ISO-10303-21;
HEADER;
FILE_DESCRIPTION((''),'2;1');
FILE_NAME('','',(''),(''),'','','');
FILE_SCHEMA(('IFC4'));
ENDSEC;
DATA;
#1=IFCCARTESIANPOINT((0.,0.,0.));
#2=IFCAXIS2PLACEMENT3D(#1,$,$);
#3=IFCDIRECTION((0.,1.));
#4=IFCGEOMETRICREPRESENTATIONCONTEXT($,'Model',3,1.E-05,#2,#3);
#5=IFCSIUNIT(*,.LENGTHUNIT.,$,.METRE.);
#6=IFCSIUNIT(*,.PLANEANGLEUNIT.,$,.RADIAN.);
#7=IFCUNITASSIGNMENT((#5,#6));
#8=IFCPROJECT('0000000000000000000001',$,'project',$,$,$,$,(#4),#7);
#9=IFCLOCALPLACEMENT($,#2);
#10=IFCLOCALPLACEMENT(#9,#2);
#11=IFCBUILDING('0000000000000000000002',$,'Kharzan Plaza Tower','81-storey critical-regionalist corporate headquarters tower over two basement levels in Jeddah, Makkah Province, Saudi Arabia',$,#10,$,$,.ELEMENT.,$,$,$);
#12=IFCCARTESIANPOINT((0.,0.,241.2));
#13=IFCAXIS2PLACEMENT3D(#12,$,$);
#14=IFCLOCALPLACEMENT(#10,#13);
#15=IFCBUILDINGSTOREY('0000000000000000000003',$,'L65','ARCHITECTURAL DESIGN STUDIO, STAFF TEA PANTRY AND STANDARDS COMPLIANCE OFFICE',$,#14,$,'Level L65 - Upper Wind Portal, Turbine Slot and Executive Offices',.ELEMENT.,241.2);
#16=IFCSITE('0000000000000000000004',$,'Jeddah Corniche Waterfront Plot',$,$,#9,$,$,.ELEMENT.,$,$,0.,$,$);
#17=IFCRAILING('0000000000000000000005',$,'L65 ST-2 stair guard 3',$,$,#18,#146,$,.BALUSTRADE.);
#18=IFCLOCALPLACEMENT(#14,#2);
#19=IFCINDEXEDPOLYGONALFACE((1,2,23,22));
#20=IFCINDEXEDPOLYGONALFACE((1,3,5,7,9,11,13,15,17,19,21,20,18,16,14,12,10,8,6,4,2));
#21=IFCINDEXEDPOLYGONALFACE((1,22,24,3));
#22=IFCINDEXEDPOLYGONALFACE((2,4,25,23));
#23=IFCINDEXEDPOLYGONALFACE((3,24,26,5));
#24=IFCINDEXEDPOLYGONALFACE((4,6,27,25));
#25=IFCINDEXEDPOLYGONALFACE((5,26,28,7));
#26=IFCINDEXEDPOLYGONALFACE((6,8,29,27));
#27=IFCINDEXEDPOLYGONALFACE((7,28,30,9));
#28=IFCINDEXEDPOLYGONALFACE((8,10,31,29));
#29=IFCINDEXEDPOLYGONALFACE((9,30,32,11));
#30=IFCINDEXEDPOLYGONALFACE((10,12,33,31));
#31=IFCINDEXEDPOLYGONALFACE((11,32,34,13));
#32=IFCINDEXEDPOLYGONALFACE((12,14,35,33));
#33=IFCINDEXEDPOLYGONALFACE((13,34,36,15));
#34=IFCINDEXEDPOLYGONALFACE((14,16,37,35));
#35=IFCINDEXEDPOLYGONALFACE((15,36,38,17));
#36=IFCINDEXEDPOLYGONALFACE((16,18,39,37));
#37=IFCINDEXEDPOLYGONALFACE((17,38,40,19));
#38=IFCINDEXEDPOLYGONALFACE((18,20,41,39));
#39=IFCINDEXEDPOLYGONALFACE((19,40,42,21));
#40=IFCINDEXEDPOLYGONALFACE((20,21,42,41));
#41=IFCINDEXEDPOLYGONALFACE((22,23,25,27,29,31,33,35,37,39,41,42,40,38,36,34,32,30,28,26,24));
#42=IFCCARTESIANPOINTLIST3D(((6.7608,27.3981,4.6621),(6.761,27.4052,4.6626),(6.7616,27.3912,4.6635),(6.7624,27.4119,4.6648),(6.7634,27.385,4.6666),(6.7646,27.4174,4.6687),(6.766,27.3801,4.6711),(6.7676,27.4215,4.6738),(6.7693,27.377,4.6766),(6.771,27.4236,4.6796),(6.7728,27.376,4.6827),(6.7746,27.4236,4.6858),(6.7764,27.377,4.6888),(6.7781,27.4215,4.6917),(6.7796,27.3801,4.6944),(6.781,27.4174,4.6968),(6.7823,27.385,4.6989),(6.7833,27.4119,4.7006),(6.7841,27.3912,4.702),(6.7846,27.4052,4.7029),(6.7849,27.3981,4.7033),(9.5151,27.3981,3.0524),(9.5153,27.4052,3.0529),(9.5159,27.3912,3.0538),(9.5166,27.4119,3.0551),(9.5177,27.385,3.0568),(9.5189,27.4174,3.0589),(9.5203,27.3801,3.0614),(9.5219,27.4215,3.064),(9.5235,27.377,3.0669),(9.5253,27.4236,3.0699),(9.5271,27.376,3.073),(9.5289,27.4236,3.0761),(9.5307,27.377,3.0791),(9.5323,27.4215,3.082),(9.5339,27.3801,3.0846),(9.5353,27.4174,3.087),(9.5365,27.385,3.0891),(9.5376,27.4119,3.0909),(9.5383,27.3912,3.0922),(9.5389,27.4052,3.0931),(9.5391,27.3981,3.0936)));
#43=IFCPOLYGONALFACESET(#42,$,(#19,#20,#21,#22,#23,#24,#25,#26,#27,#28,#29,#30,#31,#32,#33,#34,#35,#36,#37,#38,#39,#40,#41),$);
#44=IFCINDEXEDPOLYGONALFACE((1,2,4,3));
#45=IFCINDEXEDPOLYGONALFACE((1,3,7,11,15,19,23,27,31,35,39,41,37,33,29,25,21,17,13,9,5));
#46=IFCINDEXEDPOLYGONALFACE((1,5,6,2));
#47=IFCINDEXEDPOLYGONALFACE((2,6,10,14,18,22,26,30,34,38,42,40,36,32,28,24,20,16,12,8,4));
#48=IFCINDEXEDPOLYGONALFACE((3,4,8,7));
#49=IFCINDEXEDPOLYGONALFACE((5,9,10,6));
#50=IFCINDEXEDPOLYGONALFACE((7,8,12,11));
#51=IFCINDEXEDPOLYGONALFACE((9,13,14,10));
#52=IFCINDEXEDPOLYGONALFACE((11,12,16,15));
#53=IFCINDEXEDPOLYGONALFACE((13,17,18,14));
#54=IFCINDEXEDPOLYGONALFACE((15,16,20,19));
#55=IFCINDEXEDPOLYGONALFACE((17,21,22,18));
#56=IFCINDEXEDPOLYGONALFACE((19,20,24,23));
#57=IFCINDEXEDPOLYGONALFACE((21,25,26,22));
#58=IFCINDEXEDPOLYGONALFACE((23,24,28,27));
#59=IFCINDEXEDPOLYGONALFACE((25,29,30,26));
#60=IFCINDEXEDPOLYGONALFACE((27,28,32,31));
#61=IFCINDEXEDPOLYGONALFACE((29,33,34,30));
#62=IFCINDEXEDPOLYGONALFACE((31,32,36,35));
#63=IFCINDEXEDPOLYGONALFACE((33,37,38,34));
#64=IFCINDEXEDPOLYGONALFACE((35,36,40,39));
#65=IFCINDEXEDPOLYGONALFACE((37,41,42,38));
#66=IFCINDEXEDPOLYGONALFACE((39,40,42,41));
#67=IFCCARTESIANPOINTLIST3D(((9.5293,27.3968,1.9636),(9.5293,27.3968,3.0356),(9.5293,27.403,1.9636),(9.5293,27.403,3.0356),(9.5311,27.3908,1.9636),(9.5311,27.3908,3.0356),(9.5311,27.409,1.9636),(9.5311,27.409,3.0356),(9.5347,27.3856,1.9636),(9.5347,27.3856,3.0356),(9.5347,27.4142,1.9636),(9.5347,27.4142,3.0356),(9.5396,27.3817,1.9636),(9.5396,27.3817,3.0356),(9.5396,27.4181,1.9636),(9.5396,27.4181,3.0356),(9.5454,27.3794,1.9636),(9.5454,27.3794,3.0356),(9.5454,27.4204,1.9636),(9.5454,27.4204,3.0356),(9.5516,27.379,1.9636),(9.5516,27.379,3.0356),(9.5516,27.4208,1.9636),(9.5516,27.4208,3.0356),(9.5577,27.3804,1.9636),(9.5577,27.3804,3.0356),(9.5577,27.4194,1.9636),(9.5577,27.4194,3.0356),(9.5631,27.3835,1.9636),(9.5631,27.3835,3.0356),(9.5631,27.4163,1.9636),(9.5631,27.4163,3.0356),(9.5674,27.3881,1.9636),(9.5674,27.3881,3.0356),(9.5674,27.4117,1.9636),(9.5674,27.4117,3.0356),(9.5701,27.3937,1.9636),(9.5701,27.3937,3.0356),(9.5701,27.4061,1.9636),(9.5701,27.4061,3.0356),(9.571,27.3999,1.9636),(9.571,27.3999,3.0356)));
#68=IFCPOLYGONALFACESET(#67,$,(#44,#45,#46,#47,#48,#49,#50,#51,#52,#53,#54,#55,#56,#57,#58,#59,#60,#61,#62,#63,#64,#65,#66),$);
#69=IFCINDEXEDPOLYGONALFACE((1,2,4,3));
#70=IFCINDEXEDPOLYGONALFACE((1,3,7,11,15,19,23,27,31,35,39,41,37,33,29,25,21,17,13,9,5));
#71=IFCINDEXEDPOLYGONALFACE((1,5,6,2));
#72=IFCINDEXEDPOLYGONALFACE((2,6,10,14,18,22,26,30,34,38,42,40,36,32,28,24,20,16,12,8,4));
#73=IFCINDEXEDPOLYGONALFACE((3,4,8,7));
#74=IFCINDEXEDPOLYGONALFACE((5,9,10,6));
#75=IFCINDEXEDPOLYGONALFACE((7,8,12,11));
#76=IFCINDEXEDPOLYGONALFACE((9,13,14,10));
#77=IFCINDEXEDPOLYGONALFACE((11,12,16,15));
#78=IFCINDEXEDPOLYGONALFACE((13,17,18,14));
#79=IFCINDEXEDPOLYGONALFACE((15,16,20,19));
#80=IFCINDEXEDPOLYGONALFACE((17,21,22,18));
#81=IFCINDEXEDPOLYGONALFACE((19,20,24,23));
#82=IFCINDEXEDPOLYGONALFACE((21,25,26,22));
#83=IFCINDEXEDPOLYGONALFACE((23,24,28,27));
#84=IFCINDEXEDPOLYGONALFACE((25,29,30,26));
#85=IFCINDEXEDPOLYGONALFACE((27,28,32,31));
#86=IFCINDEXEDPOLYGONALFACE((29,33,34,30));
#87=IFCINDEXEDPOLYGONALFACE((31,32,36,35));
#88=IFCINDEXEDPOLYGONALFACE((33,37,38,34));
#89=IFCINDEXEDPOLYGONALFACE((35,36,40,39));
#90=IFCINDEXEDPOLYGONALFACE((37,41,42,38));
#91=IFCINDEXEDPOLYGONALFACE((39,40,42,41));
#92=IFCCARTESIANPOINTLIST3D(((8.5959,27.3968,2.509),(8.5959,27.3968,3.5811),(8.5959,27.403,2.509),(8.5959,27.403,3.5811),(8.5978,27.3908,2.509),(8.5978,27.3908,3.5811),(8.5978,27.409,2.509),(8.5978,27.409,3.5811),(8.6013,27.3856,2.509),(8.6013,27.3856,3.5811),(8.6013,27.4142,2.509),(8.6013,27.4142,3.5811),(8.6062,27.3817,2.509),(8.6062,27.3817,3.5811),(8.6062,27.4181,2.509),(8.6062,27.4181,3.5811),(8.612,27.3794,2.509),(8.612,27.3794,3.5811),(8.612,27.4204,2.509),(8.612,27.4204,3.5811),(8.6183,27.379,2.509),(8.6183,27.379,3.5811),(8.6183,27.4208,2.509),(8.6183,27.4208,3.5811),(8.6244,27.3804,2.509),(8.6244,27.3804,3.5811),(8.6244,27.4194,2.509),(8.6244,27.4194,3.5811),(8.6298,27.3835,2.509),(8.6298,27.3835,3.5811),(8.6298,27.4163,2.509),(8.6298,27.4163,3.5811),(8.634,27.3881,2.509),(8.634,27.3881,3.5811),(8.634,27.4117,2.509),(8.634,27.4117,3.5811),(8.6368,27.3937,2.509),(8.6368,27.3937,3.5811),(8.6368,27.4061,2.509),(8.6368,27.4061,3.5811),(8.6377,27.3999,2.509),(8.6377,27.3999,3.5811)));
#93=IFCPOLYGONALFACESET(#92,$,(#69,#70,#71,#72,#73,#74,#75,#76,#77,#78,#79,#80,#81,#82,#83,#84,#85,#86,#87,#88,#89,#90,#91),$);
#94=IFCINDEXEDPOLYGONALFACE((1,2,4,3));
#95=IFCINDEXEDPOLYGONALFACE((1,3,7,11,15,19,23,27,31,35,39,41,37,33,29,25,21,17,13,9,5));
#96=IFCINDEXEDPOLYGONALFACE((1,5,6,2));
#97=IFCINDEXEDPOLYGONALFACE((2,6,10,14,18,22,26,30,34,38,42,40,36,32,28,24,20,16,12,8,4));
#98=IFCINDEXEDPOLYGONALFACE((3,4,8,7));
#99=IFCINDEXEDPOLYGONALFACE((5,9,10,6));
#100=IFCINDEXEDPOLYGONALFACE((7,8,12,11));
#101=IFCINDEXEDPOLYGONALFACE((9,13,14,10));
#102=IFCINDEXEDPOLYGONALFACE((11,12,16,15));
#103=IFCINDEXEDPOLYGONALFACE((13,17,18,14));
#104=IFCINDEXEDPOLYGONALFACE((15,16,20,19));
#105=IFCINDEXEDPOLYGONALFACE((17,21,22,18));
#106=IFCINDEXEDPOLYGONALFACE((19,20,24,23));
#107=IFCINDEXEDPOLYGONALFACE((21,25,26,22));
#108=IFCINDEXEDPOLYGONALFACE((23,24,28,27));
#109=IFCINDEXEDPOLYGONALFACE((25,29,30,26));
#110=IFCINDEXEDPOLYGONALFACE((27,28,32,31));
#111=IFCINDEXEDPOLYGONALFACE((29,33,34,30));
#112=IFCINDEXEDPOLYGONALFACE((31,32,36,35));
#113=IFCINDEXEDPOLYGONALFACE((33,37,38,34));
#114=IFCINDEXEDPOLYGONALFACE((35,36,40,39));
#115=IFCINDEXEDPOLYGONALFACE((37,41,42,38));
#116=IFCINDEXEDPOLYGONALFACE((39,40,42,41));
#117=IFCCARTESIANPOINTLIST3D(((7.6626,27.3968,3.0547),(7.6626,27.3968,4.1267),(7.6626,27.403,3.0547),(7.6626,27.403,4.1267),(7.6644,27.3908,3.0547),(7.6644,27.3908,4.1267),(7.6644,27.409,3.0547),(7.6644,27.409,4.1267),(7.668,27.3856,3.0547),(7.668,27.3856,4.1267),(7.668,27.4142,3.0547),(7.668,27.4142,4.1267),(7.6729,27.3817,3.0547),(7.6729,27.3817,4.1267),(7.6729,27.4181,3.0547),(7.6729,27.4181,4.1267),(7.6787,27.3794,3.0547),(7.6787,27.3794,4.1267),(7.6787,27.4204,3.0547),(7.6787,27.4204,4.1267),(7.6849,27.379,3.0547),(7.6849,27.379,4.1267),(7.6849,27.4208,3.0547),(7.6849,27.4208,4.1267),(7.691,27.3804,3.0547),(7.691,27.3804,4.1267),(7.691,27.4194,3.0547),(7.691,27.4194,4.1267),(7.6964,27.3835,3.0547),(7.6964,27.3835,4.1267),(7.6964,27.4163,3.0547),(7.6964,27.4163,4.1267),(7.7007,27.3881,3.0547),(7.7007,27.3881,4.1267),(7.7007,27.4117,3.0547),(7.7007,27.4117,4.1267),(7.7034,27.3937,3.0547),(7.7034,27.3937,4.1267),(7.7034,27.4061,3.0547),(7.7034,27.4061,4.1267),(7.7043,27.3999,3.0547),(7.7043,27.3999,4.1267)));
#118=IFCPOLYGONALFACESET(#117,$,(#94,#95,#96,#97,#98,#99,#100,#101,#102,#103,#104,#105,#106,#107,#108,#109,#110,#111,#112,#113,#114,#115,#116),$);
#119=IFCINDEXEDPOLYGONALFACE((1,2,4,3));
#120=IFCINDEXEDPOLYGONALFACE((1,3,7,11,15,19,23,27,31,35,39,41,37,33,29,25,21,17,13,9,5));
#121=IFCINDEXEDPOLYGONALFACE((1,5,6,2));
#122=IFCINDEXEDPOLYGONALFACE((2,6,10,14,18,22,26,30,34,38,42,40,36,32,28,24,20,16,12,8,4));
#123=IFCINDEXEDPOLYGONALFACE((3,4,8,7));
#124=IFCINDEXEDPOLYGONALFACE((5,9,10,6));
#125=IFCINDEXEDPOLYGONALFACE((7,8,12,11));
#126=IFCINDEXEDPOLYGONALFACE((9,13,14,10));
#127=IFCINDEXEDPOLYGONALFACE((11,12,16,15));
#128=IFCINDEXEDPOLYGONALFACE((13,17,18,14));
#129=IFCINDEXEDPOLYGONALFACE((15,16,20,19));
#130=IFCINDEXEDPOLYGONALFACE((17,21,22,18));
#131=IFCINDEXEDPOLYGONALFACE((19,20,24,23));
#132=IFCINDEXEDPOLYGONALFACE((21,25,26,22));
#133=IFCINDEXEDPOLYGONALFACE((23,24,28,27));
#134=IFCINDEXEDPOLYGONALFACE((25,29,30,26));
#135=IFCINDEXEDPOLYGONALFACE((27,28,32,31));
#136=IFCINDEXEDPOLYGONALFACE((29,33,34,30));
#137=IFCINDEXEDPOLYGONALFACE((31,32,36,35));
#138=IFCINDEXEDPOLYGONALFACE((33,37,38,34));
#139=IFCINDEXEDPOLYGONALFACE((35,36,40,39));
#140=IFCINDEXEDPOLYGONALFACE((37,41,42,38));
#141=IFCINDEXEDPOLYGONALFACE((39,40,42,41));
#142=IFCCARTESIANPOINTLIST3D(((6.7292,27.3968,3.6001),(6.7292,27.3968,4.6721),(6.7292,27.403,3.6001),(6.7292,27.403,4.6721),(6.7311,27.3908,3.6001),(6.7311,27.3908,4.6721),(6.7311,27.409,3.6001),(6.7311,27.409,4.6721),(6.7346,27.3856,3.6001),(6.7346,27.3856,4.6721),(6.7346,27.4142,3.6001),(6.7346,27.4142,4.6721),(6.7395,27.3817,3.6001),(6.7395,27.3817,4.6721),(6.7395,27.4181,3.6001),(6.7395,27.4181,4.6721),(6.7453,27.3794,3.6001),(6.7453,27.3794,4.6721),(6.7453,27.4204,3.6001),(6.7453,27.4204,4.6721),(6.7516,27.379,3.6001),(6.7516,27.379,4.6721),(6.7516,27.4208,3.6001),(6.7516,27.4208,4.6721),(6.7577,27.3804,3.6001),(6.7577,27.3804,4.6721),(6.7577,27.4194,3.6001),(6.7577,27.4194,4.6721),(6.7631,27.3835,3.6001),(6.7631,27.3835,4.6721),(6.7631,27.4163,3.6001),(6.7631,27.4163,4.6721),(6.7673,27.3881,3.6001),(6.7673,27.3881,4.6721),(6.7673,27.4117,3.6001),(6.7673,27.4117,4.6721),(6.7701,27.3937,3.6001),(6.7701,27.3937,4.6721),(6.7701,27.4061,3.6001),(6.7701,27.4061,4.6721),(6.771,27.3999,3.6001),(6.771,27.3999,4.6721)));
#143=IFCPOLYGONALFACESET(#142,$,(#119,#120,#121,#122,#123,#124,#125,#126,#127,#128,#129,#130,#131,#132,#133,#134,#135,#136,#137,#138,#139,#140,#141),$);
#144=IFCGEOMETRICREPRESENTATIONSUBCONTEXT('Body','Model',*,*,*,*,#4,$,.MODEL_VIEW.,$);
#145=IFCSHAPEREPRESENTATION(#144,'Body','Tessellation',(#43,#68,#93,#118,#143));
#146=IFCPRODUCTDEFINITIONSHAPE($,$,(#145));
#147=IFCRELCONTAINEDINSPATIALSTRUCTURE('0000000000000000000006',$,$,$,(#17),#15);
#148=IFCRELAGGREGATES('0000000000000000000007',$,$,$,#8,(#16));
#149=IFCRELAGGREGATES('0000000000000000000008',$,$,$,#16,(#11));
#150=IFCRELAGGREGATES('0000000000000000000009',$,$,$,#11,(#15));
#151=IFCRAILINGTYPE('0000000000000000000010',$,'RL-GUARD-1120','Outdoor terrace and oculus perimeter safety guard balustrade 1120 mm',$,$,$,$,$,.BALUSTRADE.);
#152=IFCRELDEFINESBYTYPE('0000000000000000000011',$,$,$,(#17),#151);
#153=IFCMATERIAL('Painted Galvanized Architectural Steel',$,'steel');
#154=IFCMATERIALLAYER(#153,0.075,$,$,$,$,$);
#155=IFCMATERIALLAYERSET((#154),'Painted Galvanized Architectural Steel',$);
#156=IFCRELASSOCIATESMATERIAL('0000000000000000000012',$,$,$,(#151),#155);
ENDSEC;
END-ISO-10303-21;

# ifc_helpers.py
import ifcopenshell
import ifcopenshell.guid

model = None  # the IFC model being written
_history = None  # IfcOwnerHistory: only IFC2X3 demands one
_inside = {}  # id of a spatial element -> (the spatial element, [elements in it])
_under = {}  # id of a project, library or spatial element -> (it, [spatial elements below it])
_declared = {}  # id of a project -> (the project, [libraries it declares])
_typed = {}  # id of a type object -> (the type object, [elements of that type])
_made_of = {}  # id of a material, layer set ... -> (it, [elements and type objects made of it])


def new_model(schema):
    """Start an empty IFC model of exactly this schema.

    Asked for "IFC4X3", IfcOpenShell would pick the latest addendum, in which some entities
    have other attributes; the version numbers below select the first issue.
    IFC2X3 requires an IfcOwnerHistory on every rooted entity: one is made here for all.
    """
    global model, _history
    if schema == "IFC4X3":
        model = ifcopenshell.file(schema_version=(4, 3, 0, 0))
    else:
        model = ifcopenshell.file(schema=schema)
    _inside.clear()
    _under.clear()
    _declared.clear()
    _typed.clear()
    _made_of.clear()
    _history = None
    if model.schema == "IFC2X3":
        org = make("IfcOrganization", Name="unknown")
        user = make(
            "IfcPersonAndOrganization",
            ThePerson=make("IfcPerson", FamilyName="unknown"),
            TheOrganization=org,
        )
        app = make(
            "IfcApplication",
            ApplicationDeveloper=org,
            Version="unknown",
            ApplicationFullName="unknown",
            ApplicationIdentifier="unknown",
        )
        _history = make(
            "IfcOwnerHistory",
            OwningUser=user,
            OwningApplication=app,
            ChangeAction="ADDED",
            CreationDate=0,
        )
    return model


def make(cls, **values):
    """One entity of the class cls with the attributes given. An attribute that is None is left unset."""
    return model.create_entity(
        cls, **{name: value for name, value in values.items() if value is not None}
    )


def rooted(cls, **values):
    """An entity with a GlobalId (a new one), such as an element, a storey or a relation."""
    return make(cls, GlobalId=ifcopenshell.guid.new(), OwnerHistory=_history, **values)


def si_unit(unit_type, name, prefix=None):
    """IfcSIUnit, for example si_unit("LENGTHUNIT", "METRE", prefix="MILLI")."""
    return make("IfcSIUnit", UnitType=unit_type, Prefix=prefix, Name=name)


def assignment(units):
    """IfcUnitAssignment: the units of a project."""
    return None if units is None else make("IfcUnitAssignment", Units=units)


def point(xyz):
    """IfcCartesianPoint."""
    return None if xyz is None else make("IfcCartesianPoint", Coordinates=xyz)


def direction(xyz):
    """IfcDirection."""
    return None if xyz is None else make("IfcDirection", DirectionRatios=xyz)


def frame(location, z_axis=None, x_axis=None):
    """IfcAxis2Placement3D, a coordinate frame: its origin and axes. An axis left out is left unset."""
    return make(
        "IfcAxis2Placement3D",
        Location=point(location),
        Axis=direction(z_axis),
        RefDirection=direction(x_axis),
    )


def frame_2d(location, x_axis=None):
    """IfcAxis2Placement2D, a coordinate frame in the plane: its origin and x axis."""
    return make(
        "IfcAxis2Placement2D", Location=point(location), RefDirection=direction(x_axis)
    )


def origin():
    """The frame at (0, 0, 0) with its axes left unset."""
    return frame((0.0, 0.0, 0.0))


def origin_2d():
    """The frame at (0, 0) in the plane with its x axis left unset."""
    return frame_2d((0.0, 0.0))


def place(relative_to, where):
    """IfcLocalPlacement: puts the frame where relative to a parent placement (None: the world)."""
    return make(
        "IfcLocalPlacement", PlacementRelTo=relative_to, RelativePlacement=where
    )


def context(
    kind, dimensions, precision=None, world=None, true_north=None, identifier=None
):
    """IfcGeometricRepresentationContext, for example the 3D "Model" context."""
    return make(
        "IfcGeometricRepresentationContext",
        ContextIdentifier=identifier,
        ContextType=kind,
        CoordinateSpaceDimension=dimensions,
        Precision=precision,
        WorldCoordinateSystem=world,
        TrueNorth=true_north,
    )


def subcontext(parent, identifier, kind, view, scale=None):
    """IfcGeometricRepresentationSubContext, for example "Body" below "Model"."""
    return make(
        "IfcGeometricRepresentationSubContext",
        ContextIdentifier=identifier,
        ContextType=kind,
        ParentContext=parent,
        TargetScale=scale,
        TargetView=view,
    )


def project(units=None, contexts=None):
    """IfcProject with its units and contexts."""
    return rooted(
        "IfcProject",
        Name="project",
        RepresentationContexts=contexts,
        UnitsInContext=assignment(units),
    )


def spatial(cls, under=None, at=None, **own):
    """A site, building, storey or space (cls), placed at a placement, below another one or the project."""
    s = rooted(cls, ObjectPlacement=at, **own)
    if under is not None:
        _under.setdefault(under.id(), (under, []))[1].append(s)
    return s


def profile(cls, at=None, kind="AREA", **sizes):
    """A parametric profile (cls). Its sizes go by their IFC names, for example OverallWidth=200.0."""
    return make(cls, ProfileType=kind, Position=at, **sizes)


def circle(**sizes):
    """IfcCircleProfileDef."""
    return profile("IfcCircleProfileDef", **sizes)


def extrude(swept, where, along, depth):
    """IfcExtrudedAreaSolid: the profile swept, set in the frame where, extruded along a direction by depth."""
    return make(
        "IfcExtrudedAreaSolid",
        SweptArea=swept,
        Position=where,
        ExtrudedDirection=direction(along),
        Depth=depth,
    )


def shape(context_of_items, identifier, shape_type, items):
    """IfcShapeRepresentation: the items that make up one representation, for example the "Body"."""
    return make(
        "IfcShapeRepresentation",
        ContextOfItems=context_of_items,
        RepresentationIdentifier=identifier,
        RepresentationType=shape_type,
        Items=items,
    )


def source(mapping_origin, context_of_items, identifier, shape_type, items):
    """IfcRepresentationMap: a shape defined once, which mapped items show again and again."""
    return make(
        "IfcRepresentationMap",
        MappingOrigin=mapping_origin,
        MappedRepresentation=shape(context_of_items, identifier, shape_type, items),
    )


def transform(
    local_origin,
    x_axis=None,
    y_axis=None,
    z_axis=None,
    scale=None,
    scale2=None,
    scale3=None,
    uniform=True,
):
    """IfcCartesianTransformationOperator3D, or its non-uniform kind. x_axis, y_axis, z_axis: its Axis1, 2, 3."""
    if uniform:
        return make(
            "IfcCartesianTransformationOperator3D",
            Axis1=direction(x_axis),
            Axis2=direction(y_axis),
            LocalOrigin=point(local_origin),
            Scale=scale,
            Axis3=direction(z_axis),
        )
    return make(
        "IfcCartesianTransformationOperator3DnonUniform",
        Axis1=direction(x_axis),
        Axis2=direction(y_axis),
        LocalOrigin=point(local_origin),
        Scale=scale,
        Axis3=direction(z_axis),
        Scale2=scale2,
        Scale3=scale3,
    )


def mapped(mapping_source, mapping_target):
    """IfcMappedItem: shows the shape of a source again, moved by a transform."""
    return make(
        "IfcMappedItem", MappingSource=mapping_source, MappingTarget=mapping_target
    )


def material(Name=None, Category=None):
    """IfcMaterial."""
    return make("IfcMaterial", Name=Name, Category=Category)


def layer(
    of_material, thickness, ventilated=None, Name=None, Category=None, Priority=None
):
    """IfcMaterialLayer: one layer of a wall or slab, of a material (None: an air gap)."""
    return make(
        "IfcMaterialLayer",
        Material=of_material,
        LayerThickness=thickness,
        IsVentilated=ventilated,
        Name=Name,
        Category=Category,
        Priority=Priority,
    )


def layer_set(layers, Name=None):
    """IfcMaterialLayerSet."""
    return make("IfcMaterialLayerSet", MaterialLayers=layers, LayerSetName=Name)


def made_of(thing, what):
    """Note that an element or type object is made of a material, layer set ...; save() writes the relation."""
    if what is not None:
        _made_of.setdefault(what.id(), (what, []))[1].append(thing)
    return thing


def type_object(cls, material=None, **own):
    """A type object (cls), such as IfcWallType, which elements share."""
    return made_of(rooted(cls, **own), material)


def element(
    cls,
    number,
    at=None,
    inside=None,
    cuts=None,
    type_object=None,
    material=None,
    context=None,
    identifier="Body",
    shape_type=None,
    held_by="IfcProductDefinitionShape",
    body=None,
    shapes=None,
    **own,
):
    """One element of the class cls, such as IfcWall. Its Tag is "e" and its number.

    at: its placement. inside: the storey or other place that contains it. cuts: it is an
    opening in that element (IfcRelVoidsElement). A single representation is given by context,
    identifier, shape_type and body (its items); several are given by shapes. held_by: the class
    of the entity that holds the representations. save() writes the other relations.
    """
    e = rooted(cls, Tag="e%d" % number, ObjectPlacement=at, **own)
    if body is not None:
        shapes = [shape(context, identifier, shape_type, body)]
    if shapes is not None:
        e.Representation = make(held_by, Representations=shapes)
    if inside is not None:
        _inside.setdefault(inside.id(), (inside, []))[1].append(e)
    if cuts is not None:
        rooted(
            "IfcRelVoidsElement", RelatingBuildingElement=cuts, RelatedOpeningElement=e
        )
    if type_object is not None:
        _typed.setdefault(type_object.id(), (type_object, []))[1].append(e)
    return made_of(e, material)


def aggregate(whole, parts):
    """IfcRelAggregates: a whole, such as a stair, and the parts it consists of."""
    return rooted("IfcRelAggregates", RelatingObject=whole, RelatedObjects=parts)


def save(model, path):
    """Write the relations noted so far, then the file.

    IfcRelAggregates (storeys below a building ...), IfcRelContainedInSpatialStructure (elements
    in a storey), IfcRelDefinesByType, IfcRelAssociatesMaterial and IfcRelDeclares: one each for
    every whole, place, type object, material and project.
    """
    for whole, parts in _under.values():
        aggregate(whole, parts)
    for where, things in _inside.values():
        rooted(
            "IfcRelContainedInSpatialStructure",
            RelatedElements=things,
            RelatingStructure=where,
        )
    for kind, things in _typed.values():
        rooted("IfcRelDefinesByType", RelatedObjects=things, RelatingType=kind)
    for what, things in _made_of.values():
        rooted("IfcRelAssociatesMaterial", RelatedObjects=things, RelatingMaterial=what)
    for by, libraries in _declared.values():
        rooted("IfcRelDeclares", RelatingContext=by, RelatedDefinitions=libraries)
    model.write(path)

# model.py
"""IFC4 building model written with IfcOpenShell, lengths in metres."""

from ifc_helpers import new_model, si_unit, direction, frame, origin, origin_2d, place, context, subcontext, project, spatial, circle, extrude, source, transform, mapped, material, layer, layer_set, type_object, element, save


model = new_model("IFC4")

# Units and contexts
model_context = context("Model", 3, precision=1e-05, world=origin(), true_north=direction((0.0, 1.0)))
body_context = subcontext(model_context, "Body", "Model", "MODEL_VIEW")
ifc_project = project(units=[si_unit("LENGTHUNIT", "METRE"), si_unit("PLANEANGLEUNIT", "RADIAN")], contexts=[model_context])

# Site, building, storey
site_placement = place(None, origin())
site = spatial("IfcSite", under=ifc_project, at=site_placement, Name="Jeddah Corniche Waterfront Plot", CompositionType="ELEMENT", RefElevation=0.0)
building_placement = place(site_placement, origin())
building = spatial("IfcBuilding", under=site, at=building_placement, Name="Kharzan Plaza Tower", Description="81-storey critical-regionalist corporate headquarters tower over two basement levels in Jeddah, Makkah Province, Saudi Arabia", CompositionType="ELEMENT")
storey_placement = place(building_placement, frame((0.0, 0.0, 241.2)))
storey = spatial("IfcBuildingStorey", under=building, at=storey_placement, Name="L65", Description="ARCHITECTURAL DESIGN STUDIO, STAFF TEA PANTRY AND STANDARDS COMPLIANCE OFFICE", LongName="Level L65 - Upper Wind Portal, Turbine Slot and Executive Offices", CompositionType="ELEMENT", Elevation=241.2)

# Railing
ifc_material_1 = material(Name="Painted Galvanized Architectural Steel", Category="steel")
ifc_layer_1 = layer(ifc_material_1, 0.075)
ifc_layer_set_1 = layer_set([ifc_layer_1], Name="Painted Galvanized Architectural Steel")
railing_type = type_object("IfcRailingType", Name="RL-GUARD-1120", Description="Outdoor terrace and oculus perimeter safety guard balustrade 1120 mm", PredefinedType="BALUSTRADE", material=ifc_layer_set_1)
shared_shape_1 = source(origin(), body_context, "Body", "SweptSolid", [
    extrude(circle(Radius=0.0239, at=origin_2d()), frame((-0.0229, 0.0, 1.1094), z_axis=(-0.863361, 0.0, 0.504587), x_axis=(0.0, -1.0, 0.0)), (0.0, 0.0, 1.0), 3.1902),
    extrude(circle(Radius=0.021, at=origin_2d()), origin(), (0.0, 0.0, 1.0), 1.072),
    extrude(circle(Radius=0.021, at=origin_2d()), frame((-0.9333, 0.0, 0.5454)), (0.0, 0.0, 1.0), 1.072),
    extrude(circle(Radius=0.021, at=origin_2d()), frame((-1.8667, 0.0, 1.0911)), (0.0, 0.0, 1.0), 1.072),
    extrude(circle(Radius=0.021, at=origin_2d()), frame((-2.8, 0.0, 1.6365)), (0.0, 0.0, 1.0), 1.072),
])
railing_1_placement = place(storey_placement, frame((9.55, 27.3999, 1.9636)))
element("IfcRailing", 1, at=railing_1_placement, inside=storey, type_object=railing_type, Name="L65 ST-2 stair guard 3", PredefinedType="BALUSTRADE", context=body_context, shape_type="MappedRepresentation", body=[
    mapped(shared_shape_1, transform((0.0, 0.0, 0.0), x_axis=(1.0, 0.0, 0.0), y_axis=(0.0, 1.0, 0.0), z_axis=(0.0, 0.0, 1.0))),
])

save(model, "model.ifc")
